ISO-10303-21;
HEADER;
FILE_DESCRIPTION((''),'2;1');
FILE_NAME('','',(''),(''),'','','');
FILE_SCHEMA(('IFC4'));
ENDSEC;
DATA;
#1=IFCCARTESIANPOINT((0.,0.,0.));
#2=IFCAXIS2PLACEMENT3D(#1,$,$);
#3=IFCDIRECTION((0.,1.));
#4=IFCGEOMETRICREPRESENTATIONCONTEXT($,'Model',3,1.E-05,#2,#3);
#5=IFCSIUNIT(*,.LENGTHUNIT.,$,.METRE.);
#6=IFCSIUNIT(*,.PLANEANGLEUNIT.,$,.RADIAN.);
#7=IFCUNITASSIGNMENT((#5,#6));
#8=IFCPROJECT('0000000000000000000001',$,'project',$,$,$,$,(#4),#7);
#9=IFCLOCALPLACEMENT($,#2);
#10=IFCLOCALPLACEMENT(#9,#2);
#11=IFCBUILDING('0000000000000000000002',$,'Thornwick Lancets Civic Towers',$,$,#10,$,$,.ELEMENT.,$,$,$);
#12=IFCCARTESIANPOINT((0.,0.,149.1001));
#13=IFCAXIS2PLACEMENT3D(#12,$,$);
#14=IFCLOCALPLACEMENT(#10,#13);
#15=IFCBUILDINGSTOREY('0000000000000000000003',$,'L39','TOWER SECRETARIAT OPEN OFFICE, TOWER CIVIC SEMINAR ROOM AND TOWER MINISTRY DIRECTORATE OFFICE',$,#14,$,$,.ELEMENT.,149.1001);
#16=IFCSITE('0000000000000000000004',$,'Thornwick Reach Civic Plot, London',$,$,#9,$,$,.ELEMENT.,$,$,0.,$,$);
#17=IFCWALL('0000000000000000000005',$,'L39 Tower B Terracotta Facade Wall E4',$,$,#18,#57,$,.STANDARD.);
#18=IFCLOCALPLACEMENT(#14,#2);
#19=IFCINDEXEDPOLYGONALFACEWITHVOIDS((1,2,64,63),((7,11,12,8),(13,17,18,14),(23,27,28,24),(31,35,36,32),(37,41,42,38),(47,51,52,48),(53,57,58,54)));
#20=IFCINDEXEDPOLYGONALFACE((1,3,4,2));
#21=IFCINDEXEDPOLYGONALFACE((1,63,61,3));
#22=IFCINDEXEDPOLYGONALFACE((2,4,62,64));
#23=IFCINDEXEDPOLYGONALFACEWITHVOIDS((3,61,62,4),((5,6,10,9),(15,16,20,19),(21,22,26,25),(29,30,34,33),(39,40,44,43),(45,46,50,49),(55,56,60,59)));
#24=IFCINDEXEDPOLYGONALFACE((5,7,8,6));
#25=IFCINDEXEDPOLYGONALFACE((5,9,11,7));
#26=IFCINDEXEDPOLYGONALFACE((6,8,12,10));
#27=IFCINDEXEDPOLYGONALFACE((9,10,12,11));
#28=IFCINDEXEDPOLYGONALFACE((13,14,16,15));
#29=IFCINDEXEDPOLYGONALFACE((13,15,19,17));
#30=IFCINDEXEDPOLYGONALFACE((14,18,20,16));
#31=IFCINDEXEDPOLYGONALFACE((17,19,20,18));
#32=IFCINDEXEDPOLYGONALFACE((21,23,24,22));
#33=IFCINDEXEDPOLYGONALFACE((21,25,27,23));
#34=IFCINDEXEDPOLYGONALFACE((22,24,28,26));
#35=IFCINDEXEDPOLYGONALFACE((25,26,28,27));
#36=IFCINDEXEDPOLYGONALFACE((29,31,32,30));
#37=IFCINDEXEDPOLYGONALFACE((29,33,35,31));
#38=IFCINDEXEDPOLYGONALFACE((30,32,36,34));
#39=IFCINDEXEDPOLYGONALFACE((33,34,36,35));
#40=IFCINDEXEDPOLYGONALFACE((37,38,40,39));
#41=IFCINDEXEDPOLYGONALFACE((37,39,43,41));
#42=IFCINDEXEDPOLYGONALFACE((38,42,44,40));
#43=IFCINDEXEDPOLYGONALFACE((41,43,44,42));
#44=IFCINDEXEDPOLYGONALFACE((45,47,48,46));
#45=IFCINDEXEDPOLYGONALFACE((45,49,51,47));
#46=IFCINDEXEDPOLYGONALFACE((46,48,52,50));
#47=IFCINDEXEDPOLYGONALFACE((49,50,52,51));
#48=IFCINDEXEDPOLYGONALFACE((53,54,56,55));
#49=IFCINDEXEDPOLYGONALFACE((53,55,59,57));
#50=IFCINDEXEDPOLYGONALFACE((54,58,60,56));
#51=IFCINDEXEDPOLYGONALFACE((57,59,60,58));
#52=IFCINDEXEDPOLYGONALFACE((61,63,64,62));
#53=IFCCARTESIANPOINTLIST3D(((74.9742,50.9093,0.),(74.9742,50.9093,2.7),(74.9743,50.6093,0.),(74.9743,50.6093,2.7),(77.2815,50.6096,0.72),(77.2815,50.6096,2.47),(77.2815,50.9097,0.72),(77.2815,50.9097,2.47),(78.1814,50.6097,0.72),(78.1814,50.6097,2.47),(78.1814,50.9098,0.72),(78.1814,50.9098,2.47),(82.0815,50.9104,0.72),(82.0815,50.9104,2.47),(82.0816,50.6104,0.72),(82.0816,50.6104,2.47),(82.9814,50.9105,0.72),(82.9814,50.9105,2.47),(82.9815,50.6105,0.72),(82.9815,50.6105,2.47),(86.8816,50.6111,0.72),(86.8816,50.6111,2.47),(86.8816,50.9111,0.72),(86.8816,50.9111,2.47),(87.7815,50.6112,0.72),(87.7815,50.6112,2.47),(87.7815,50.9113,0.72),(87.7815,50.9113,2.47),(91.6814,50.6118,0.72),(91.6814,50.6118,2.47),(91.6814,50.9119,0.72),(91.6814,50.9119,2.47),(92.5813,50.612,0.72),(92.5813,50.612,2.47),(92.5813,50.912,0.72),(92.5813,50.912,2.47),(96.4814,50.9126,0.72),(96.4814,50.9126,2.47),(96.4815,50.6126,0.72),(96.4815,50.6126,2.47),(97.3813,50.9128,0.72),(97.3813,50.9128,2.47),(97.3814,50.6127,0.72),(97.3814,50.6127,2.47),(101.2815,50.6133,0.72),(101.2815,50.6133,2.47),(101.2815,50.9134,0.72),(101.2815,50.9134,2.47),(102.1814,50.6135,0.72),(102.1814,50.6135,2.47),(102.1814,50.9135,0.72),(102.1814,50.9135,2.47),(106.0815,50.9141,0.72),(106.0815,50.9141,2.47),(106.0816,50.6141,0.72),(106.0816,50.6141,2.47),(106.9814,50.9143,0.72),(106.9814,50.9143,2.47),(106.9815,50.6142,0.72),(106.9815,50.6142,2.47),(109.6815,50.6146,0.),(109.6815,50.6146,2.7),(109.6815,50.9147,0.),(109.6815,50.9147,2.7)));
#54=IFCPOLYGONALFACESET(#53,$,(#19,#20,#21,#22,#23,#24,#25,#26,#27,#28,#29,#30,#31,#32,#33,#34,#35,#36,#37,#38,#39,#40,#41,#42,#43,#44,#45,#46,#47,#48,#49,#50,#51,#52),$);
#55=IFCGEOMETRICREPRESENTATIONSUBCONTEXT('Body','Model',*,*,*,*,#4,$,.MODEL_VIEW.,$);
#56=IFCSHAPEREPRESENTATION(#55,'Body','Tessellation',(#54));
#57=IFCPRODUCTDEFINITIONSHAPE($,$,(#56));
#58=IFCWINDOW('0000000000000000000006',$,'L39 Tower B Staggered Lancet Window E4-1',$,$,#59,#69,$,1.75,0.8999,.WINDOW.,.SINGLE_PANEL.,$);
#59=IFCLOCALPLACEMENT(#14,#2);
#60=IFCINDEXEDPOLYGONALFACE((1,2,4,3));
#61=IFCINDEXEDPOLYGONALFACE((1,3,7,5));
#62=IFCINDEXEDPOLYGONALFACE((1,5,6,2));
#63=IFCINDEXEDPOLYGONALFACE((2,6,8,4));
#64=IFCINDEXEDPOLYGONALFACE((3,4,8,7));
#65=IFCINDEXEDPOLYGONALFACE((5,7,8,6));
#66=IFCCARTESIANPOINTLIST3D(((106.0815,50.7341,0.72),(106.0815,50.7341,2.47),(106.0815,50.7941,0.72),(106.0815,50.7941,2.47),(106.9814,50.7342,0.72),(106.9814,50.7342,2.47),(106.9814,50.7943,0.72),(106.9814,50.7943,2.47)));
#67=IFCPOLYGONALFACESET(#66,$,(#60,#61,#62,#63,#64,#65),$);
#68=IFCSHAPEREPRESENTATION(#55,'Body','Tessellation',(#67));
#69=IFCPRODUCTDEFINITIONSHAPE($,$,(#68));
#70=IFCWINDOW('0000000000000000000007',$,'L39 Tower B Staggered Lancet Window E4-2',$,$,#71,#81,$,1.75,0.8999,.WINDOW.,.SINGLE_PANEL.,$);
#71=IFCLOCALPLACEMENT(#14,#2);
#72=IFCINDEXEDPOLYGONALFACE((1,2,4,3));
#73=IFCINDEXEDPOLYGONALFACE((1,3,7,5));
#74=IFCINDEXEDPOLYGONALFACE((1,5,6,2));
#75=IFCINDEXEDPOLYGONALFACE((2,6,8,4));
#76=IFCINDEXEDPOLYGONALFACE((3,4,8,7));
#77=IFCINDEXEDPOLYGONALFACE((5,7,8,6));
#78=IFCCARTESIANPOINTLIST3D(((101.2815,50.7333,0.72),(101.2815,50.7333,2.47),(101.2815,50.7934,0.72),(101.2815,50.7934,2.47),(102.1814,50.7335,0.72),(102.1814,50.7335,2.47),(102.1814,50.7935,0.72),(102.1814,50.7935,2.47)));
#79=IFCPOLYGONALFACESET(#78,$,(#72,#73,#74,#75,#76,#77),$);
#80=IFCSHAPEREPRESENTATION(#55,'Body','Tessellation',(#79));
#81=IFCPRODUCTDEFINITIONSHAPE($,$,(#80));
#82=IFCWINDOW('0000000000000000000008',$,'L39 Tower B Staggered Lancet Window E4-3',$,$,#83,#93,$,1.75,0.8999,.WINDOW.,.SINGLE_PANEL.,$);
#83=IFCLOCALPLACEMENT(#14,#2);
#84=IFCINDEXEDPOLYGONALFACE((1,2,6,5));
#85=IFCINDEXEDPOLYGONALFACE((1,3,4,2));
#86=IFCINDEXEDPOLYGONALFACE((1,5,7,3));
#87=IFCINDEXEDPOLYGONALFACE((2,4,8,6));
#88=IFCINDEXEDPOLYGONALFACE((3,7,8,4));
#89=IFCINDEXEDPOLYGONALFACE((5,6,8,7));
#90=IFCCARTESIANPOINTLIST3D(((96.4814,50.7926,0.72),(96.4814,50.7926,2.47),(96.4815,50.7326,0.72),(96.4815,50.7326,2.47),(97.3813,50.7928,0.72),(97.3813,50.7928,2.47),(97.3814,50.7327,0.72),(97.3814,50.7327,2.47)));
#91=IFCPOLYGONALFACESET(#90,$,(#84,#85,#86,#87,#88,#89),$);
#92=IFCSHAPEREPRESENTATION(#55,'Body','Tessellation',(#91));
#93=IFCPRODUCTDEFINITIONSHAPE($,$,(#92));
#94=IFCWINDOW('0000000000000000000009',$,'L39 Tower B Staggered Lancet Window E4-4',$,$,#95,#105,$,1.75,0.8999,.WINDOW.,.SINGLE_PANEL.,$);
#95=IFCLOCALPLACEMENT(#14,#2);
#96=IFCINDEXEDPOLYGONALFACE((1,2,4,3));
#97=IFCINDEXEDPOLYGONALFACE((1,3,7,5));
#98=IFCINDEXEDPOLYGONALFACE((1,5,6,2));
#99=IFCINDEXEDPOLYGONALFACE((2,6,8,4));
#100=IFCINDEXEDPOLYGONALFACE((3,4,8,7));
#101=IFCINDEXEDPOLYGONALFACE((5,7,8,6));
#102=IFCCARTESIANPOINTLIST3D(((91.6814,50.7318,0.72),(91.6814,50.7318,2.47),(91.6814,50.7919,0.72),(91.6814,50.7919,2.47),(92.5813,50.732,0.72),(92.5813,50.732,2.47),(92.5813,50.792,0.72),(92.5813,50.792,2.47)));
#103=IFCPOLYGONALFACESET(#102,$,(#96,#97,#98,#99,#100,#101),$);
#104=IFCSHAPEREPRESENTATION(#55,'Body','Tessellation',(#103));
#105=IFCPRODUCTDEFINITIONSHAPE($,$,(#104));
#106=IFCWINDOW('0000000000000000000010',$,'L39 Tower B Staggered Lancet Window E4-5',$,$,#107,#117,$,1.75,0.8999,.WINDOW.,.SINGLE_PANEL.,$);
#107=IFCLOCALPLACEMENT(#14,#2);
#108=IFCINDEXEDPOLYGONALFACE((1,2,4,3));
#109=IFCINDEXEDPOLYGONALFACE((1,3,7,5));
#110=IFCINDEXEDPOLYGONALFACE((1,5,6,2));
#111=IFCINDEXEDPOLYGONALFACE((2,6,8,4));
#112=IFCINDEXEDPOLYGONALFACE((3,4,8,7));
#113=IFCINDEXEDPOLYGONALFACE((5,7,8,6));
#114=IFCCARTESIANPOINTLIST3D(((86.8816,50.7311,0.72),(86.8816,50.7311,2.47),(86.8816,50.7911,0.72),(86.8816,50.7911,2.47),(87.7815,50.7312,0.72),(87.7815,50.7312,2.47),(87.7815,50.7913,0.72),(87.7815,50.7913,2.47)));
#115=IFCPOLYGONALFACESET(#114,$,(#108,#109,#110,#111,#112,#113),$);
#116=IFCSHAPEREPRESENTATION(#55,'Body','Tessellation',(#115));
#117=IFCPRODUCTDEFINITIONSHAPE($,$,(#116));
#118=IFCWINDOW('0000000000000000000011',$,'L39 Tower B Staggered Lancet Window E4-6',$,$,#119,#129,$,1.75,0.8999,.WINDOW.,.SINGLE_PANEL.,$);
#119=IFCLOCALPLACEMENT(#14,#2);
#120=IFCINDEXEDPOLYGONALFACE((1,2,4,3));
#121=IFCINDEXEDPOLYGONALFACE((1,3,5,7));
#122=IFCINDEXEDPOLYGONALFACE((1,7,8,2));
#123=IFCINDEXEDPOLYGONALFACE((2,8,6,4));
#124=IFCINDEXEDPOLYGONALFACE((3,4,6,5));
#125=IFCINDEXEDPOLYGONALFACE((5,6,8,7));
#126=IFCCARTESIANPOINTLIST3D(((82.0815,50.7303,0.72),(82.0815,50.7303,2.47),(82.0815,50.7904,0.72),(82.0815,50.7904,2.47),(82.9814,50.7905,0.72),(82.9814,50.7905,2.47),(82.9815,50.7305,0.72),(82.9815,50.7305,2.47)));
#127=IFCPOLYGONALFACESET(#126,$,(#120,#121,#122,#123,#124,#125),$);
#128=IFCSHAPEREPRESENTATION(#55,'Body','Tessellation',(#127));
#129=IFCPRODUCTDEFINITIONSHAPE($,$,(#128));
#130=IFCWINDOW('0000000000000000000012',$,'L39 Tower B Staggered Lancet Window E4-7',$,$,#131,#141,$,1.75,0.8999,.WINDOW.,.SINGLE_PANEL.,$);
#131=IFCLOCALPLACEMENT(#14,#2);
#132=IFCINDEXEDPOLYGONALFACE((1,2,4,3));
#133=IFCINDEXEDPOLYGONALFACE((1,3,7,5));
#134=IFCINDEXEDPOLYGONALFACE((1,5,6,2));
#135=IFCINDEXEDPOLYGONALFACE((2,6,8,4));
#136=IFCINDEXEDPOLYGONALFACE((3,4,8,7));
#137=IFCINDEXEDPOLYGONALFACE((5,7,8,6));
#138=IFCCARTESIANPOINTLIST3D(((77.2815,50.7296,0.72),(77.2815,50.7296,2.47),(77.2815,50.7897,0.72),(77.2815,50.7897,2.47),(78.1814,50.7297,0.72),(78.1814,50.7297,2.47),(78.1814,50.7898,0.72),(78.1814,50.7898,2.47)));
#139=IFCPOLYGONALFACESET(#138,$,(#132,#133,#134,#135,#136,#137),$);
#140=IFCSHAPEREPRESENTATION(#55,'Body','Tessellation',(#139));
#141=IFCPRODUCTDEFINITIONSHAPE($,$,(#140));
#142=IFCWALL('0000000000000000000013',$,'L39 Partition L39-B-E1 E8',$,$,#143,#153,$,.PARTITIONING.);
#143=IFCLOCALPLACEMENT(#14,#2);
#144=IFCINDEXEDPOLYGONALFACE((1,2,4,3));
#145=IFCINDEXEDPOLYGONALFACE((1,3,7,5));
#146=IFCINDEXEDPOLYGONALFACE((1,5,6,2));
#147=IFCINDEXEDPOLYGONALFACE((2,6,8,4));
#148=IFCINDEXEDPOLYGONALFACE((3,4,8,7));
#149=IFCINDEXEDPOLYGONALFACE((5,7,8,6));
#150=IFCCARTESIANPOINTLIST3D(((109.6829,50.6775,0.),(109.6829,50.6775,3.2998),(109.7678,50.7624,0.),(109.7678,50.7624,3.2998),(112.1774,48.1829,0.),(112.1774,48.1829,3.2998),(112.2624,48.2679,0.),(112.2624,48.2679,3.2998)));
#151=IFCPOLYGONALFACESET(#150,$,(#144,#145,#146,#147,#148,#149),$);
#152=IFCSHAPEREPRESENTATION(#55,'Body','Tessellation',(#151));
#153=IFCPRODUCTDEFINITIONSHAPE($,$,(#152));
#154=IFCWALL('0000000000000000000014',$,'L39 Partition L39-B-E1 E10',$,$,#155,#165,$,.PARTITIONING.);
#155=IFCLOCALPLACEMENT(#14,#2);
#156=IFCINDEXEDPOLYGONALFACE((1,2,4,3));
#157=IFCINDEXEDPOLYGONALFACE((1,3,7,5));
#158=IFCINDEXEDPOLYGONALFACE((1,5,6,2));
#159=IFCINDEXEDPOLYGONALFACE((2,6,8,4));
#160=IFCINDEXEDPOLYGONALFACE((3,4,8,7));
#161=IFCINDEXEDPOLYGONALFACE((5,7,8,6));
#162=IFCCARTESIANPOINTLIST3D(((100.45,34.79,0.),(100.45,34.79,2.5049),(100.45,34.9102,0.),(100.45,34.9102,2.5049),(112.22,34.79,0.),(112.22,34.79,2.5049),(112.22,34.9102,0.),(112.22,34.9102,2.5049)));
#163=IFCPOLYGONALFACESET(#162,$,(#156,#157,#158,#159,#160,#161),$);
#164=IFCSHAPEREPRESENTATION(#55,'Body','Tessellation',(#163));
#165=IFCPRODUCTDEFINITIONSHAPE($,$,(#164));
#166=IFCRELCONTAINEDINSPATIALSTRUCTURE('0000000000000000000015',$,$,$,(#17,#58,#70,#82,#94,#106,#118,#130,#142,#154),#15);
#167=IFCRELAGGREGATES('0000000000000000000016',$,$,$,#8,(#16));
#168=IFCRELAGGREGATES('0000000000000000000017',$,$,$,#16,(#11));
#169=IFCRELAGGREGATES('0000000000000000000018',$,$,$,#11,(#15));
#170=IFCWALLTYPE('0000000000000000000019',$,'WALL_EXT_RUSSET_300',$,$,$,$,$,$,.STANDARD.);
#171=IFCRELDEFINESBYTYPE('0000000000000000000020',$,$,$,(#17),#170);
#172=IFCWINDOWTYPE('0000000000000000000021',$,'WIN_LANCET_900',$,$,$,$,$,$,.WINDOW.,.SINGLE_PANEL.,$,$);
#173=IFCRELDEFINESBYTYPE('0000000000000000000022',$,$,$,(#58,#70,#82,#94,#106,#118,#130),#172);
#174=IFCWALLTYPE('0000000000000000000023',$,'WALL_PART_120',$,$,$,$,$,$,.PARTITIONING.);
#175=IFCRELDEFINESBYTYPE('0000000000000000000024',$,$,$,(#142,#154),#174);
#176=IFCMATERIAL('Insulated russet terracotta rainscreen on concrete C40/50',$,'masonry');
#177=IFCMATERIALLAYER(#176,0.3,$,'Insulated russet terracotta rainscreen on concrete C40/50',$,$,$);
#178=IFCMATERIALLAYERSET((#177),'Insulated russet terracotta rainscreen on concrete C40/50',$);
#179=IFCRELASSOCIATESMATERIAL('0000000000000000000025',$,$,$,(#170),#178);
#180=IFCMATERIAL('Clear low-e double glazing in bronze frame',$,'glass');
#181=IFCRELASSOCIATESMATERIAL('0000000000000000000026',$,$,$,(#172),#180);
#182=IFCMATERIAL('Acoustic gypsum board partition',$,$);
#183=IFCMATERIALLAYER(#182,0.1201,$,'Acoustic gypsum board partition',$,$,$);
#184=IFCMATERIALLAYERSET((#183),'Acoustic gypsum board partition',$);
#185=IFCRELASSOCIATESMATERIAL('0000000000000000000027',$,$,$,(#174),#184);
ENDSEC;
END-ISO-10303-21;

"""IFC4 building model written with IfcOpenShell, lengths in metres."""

from ifc_helpers import new_model, si_unit, direction, frame, frame_2d, origin, place, context, subcontext, project, spatial, rectangle, extrude, material, layer, layer_set, type_object, element, fill, save


model = new_model("IFC4")

# Units and contexts
model_context = context("Model", 3, precision=1e-05, world=origin(), true_north=direction((0.0, 1.0)))
body_context = subcontext(model_context, "Body", "Model", "MODEL_VIEW")
ifc_project = project(units=[si_unit("LENGTHUNIT", "METRE"), si_unit("PLANEANGLEUNIT", "RADIAN")], contexts=[model_context])

# Site, building, storey
site_placement = place(None, origin())
site = spatial("IfcSite", under=ifc_project, at=site_placement, Name="Thornwick Reach Civic Plot, London", CompositionType="ELEMENT", RefElevation=0.0)
building_placement = place(site_placement, origin())
building = spatial("IfcBuilding", under=site, at=building_placement, Name="Thornwick Lancets Civic Towers", CompositionType="ELEMENT")
storey_placement = place(building_placement, frame((0.0, 0.0, 149.1001)))
storey = spatial("IfcBuildingStorey", under=building, at=storey_placement, Name="L39", Description="TOWER SECRETARIAT OPEN OFFICE, TOWER CIVIC SEMINAR ROOM AND TOWER MINISTRY DIRECTORATE OFFICE", CompositionType="ELEMENT", Elevation=149.1001)

# Wall, openings, windows
ifc_material_1 = material(Name="Insulated russet terracotta rainscreen on concrete C40/50", Category="masonry")
ifc_layer_1 = layer(ifc_material_1, 0.3, Name="Insulated russet terracotta rainscreen on concrete C40/50")
ifc_layer_set_1 = layer_set([ifc_layer_1], Name="Insulated russet terracotta rainscreen on concrete C40/50")
wall_type_1 = type_object("IfcWallType", Name="WALL_EXT_RUSSET_300", PredefinedType="STANDARD", material=ifc_layer_set_1)
wall_1_placement = place(storey_placement, frame((109.6814, 50.7646, 0.0), z_axis=(0.0, 0.0, 1.0), x_axis=(-1.0, -0.000155, 0.0)))
wall_1 = element("IfcWall", 1, at=wall_1_placement, inside=storey, type_object=wall_type_1, Name="L39 Tower B Terracotta Facade Wall E4", PredefinedType="STANDARD", context=body_context, shape_type="SweptSolid", body=[
    extrude(rectangle(XDim=34.7073, YDim=0.3, at=frame_2d((17.3535, 0.0))), origin(), (0.0, 0.0, 1.0), 2.7),
])
opening_1_placement = place(wall_1_placement, frame((2.7, 0.0, 0.72)))
opening_1 = element("IfcOpeningElement", 2, at=opening_1_placement, cuts=wall_1, PredefinedType="OPENING", context=body_context, shape_type="SweptSolid", body=[
    extrude(rectangle(XDim=0.8999, YDim=1.75, at=frame_2d((0.45, 0.875))), frame((0.0, 0.1602, 0.0), z_axis=(0.0, -1.0, 0.0), x_axis=(1.0, 0.0, 0.0)), (0.0, 0.0, 1.0), 0.3201),
])
opening_2_placement = place(wall_1_placement, frame((7.5, 0.0, 0.72)))
opening_2 = element("IfcOpeningElement", 3, at=opening_2_placement, cuts=wall_1, PredefinedType="OPENING", context=body_context, shape_type="SweptSolid", body=[
    extrude(rectangle(XDim=0.8999, YDim=1.75, at=frame_2d((0.45, 0.875))), frame((0.0, 0.1602, 0.0), z_axis=(0.0, -1.0, 0.0), x_axis=(1.0, 0.0, 0.0)), (0.0, 0.0, 1.0), 0.3201),
])
opening_3_placement = place(wall_1_placement, frame((12.3, 0.0, 0.72)))
opening_3 = element("IfcOpeningElement", 4, at=opening_3_placement, cuts=wall_1, PredefinedType="OPENING", context=body_context, shape_type="SweptSolid", body=[
    extrude(rectangle(XDim=0.8999, YDim=1.75, at=frame_2d((0.45, 0.875))), frame((0.0, 0.1602, 0.0), z_axis=(0.0, -1.0, 0.0), x_axis=(1.0, 0.0, 0.0)), (0.0, 0.0, 1.0), 0.3201),
])
opening_4_placement = place(wall_1_placement, frame((17.1001, 0.0, 0.72)))
opening_4 = element("IfcOpeningElement", 5, at=opening_4_placement, cuts=wall_1, PredefinedType="OPENING", context=body_context, shape_type="SweptSolid", body=[
    extrude(rectangle(XDim=0.8999, YDim=1.75, at=frame_2d((0.45, 0.875))), frame((0.0, 0.1602, 0.0), z_axis=(0.0, -1.0, 0.0), x_axis=(1.0, 0.0, 0.0)), (0.0, 0.0, 1.0), 0.3201),
])
opening_5_placement = place(wall_1_placement, frame((21.8999, 0.0, 0.72)))
opening_5 = element("IfcOpeningElement", 6, at=opening_5_placement, cuts=wall_1, PredefinedType="OPENING", context=body_context, shape_type="SweptSolid", body=[
    extrude(rectangle(XDim=0.8999, YDim=1.75, at=frame_2d((0.45, 0.875))), frame((0.0, 0.1602, 0.0), z_axis=(0.0, -1.0, 0.0), x_axis=(1.0, 0.0, 0.0)), (0.0, 0.0, 1.0), 0.3201),
])
opening_6_placement = place(wall_1_placement, frame((26.7, 0.0, 0.72)))
opening_6 = element("IfcOpeningElement", 7, at=opening_6_placement, cuts=wall_1, PredefinedType="OPENING", context=body_context, shape_type="SweptSolid", body=[
    extrude(rectangle(XDim=0.8999, YDim=1.75, at=frame_2d((0.45, 0.875))), frame((0.0, 0.1602, 0.0), z_axis=(0.0, -1.0, 0.0), x_axis=(1.0, 0.0, 0.0)), (0.0, 0.0, 1.0), 0.3201),
])
opening_7_placement = place(wall_1_placement, frame((31.5, 0.0, 0.72)))
opening_7 = element("IfcOpeningElement", 8, at=opening_7_placement, cuts=wall_1, PredefinedType="OPENING", context=body_context, shape_type="SweptSolid", body=[
    extrude(rectangle(XDim=0.8999, YDim=1.75, at=frame_2d((0.45, 0.875))), frame((0.0, 0.1602, 0.0), z_axis=(0.0, -1.0, 0.0), x_axis=(1.0, 0.0, 0.0)), (0.0, 0.0, 1.0), 0.3201),
])
ifc_material_2 = material(Name="Clear low-e double glazing in bronze frame", Category="glass")
window_type = type_object("IfcWindowType", Name="WIN_LANCET_900", PartitioningType="SINGLE_PANEL", PredefinedType="WINDOW", material=ifc_material_2)
window_1_placement = place(opening_1_placement, origin())
window_1 = element("IfcWindow", 9, at=window_1_placement, inside=storey, type_object=window_type, Name="L39 Tower B Staggered Lancet Window E4-1", OverallHeight=1.75, OverallWidth=0.8999, PartitioningType="SINGLE_PANEL", PredefinedType="WINDOW", context=body_context, shape_type="SweptSolid", body=[
    extrude(rectangle(XDim=0.8999, YDim=1.75, at=frame_2d((0.45, 0.875))), frame((0.0, 0.03, 0.0), z_axis=(0.0, -1.0, 0.0), x_axis=(1.0, 0.0, 0.0)), (0.0, 0.0, 1.0), 0.0601),
])
fill(opening_1, window_1)
window_2_placement = place(opening_2_placement, origin())
window_2 = element("IfcWindow", 10, at=window_2_placement, inside=storey, type_object=window_type, Name="L39 Tower B Staggered Lancet Window E4-2", OverallHeight=1.75, OverallWidth=0.8999, PartitioningType="SINGLE_PANEL", PredefinedType="WINDOW", context=body_context, shape_type="SweptSolid", body=[
    extrude(rectangle(XDim=0.8999, YDim=1.75, at=frame_2d((0.45, 0.875))), frame((0.0, 0.03, 0.0), z_axis=(0.0, -1.0, 0.0), x_axis=(1.0, 0.0, 0.0)), (0.0, 0.0, 1.0), 0.0601),
])
fill(opening_2, window_2)
window_3_placement = place(opening_3_placement, origin())
window_3 = element("IfcWindow", 11, at=window_3_placement, inside=storey, type_object=window_type, Name="L39 Tower B Staggered Lancet Window E4-3", OverallHeight=1.75, OverallWidth=0.8999, PartitioningType="SINGLE_PANEL", PredefinedType="WINDOW", context=body_context, shape_type="SweptSolid", body=[
    extrude(rectangle(XDim=0.8999, YDim=1.75, at=frame_2d((0.45, 0.875))), frame((0.0, 0.03, 0.0), z_axis=(0.0, -1.0, 0.0), x_axis=(1.0, 0.0, 0.0)), (0.0, 0.0, 1.0), 0.0601),
])
fill(opening_3, window_3)
window_4_placement = place(opening_4_placement, origin())
window_4 = element("IfcWindow", 12, at=window_4_placement, inside=storey, type_object=window_type, Name="L39 Tower B Staggered Lancet Window E4-4", OverallHeight=1.75, OverallWidth=0.8999, PartitioningType="SINGLE_PANEL", PredefinedType="WINDOW", context=body_context, shape_type="SweptSolid", body=[
    extrude(rectangle(XDim=0.8999, YDim=1.75, at=frame_2d((0.45, 0.875))), frame((0.0, 0.03, 0.0), z_axis=(0.0, -1.0, 0.0), x_axis=(1.0, 0.0, 0.0)), (0.0, 0.0, 1.0), 0.0601),
])
fill(opening_4, window_4)
window_5_placement = place(opening_5_placement, origin())
window_5 = element("IfcWindow", 13, at=window_5_placement, inside=storey, type_object=window_type, Name="L39 Tower B Staggered Lancet Window E4-5", OverallHeight=1.75, OverallWidth=0.8999, PartitioningType="SINGLE_PANEL", PredefinedType="WINDOW", context=body_context, shape_type="SweptSolid", body=[
    extrude(rectangle(XDim=0.8999, YDim=1.75, at=frame_2d((0.45, 0.875))), frame((0.0, 0.03, 0.0), z_axis=(0.0, -1.0, 0.0), x_axis=(1.0, 0.0, 0.0)), (0.0, 0.0, 1.0), 0.0601),
])
fill(opening_5, window_5)
window_6_placement = place(opening_6_placement, origin())
window_6 = element("IfcWindow", 14, at=window_6_placement, inside=storey, type_object=window_type, Name="L39 Tower B Staggered Lancet Window E4-6", OverallHeight=1.75, OverallWidth=0.8999, PartitioningType="SINGLE_PANEL", PredefinedType="WINDOW", context=body_context, shape_type="SweptSolid", body=[
    extrude(rectangle(XDim=0.8999, YDim=1.75, at=frame_2d((0.45, 0.875))), frame((0.0, 0.03, 0.0), z_axis=(0.0, -1.0, 0.0), x_axis=(1.0, 0.0, 0.0)), (0.0, 0.0, 1.0), 0.0601),
])
fill(opening_6, window_6)
window_7_placement = place(opening_7_placement, origin())
window_7 = element("IfcWindow", 15, at=window_7_placement, inside=storey, type_object=window_type, Name="L39 Tower B Staggered Lancet Window E4-7", OverallHeight=1.75, OverallWidth=0.8999, PartitioningType="SINGLE_PANEL", PredefinedType="WINDOW", context=body_context, shape_type="SweptSolid", body=[
    extrude(rectangle(XDim=0.8999, YDim=1.75, at=frame_2d((0.45, 0.875))), frame((0.0, 0.03, 0.0), z_axis=(0.0, -1.0, 0.0), x_axis=(1.0, 0.0, 0.0)), (0.0, 0.0, 1.0), 0.0601),
])
fill(opening_7, window_7)

# Walls
ifc_material_3 = material(Name="Acoustic gypsum board partition")
ifc_layer_2 = layer(ifc_material_3, 0.1201, Name="Acoustic gypsum board partition")
ifc_layer_set_2 = layer_set([ifc_layer_2], Name="Acoustic gypsum board partition")
wall_type_2 = type_object("IfcWallType", Name="WALL_PART_120", PredefinedType="PARTITIONING", material=ifc_layer_set_2)
wall_2_placement = place(storey_placement, frame((109.7253, 50.72, 0.0), z_axis=(0.0, 0.0, 1.0), x_axis=(0.707107, -0.707107, 0.0)))
element("IfcWall", 16, at=wall_2_placement, inside=storey, type_object=wall_type_2, Name="L39 Partition L39-B-E1 E8", PredefinedType="PARTITIONING", context=body_context, shape_type="SweptSolid", body=[
    extrude(rectangle(XDim=3.5278, YDim=0.1201, at=frame_2d((1.7639, 0.0))), origin(), (0.0, 0.0, 1.0), 3.2998),
])
wall_3_placement = place(storey_placement, frame((112.22, 34.8501, 0.0), z_axis=(0.0, 0.0, 1.0), x_axis=(-1.0, 0.0, 0.0)))
element("IfcWall", 17, at=wall_3_placement, inside=storey, type_object=wall_type_2, Name="L39 Partition L39-B-E1 E10", PredefinedType="PARTITIONING", context=body_context, shape_type="SweptSolid", body=[
    extrude(rectangle(XDim=11.77, YDim=0.1201, at=frame_2d((5.885, 0.0))), origin(), (0.0, 0.0, 1.0), 2.5049),
])

save(model, "model.ifc")
